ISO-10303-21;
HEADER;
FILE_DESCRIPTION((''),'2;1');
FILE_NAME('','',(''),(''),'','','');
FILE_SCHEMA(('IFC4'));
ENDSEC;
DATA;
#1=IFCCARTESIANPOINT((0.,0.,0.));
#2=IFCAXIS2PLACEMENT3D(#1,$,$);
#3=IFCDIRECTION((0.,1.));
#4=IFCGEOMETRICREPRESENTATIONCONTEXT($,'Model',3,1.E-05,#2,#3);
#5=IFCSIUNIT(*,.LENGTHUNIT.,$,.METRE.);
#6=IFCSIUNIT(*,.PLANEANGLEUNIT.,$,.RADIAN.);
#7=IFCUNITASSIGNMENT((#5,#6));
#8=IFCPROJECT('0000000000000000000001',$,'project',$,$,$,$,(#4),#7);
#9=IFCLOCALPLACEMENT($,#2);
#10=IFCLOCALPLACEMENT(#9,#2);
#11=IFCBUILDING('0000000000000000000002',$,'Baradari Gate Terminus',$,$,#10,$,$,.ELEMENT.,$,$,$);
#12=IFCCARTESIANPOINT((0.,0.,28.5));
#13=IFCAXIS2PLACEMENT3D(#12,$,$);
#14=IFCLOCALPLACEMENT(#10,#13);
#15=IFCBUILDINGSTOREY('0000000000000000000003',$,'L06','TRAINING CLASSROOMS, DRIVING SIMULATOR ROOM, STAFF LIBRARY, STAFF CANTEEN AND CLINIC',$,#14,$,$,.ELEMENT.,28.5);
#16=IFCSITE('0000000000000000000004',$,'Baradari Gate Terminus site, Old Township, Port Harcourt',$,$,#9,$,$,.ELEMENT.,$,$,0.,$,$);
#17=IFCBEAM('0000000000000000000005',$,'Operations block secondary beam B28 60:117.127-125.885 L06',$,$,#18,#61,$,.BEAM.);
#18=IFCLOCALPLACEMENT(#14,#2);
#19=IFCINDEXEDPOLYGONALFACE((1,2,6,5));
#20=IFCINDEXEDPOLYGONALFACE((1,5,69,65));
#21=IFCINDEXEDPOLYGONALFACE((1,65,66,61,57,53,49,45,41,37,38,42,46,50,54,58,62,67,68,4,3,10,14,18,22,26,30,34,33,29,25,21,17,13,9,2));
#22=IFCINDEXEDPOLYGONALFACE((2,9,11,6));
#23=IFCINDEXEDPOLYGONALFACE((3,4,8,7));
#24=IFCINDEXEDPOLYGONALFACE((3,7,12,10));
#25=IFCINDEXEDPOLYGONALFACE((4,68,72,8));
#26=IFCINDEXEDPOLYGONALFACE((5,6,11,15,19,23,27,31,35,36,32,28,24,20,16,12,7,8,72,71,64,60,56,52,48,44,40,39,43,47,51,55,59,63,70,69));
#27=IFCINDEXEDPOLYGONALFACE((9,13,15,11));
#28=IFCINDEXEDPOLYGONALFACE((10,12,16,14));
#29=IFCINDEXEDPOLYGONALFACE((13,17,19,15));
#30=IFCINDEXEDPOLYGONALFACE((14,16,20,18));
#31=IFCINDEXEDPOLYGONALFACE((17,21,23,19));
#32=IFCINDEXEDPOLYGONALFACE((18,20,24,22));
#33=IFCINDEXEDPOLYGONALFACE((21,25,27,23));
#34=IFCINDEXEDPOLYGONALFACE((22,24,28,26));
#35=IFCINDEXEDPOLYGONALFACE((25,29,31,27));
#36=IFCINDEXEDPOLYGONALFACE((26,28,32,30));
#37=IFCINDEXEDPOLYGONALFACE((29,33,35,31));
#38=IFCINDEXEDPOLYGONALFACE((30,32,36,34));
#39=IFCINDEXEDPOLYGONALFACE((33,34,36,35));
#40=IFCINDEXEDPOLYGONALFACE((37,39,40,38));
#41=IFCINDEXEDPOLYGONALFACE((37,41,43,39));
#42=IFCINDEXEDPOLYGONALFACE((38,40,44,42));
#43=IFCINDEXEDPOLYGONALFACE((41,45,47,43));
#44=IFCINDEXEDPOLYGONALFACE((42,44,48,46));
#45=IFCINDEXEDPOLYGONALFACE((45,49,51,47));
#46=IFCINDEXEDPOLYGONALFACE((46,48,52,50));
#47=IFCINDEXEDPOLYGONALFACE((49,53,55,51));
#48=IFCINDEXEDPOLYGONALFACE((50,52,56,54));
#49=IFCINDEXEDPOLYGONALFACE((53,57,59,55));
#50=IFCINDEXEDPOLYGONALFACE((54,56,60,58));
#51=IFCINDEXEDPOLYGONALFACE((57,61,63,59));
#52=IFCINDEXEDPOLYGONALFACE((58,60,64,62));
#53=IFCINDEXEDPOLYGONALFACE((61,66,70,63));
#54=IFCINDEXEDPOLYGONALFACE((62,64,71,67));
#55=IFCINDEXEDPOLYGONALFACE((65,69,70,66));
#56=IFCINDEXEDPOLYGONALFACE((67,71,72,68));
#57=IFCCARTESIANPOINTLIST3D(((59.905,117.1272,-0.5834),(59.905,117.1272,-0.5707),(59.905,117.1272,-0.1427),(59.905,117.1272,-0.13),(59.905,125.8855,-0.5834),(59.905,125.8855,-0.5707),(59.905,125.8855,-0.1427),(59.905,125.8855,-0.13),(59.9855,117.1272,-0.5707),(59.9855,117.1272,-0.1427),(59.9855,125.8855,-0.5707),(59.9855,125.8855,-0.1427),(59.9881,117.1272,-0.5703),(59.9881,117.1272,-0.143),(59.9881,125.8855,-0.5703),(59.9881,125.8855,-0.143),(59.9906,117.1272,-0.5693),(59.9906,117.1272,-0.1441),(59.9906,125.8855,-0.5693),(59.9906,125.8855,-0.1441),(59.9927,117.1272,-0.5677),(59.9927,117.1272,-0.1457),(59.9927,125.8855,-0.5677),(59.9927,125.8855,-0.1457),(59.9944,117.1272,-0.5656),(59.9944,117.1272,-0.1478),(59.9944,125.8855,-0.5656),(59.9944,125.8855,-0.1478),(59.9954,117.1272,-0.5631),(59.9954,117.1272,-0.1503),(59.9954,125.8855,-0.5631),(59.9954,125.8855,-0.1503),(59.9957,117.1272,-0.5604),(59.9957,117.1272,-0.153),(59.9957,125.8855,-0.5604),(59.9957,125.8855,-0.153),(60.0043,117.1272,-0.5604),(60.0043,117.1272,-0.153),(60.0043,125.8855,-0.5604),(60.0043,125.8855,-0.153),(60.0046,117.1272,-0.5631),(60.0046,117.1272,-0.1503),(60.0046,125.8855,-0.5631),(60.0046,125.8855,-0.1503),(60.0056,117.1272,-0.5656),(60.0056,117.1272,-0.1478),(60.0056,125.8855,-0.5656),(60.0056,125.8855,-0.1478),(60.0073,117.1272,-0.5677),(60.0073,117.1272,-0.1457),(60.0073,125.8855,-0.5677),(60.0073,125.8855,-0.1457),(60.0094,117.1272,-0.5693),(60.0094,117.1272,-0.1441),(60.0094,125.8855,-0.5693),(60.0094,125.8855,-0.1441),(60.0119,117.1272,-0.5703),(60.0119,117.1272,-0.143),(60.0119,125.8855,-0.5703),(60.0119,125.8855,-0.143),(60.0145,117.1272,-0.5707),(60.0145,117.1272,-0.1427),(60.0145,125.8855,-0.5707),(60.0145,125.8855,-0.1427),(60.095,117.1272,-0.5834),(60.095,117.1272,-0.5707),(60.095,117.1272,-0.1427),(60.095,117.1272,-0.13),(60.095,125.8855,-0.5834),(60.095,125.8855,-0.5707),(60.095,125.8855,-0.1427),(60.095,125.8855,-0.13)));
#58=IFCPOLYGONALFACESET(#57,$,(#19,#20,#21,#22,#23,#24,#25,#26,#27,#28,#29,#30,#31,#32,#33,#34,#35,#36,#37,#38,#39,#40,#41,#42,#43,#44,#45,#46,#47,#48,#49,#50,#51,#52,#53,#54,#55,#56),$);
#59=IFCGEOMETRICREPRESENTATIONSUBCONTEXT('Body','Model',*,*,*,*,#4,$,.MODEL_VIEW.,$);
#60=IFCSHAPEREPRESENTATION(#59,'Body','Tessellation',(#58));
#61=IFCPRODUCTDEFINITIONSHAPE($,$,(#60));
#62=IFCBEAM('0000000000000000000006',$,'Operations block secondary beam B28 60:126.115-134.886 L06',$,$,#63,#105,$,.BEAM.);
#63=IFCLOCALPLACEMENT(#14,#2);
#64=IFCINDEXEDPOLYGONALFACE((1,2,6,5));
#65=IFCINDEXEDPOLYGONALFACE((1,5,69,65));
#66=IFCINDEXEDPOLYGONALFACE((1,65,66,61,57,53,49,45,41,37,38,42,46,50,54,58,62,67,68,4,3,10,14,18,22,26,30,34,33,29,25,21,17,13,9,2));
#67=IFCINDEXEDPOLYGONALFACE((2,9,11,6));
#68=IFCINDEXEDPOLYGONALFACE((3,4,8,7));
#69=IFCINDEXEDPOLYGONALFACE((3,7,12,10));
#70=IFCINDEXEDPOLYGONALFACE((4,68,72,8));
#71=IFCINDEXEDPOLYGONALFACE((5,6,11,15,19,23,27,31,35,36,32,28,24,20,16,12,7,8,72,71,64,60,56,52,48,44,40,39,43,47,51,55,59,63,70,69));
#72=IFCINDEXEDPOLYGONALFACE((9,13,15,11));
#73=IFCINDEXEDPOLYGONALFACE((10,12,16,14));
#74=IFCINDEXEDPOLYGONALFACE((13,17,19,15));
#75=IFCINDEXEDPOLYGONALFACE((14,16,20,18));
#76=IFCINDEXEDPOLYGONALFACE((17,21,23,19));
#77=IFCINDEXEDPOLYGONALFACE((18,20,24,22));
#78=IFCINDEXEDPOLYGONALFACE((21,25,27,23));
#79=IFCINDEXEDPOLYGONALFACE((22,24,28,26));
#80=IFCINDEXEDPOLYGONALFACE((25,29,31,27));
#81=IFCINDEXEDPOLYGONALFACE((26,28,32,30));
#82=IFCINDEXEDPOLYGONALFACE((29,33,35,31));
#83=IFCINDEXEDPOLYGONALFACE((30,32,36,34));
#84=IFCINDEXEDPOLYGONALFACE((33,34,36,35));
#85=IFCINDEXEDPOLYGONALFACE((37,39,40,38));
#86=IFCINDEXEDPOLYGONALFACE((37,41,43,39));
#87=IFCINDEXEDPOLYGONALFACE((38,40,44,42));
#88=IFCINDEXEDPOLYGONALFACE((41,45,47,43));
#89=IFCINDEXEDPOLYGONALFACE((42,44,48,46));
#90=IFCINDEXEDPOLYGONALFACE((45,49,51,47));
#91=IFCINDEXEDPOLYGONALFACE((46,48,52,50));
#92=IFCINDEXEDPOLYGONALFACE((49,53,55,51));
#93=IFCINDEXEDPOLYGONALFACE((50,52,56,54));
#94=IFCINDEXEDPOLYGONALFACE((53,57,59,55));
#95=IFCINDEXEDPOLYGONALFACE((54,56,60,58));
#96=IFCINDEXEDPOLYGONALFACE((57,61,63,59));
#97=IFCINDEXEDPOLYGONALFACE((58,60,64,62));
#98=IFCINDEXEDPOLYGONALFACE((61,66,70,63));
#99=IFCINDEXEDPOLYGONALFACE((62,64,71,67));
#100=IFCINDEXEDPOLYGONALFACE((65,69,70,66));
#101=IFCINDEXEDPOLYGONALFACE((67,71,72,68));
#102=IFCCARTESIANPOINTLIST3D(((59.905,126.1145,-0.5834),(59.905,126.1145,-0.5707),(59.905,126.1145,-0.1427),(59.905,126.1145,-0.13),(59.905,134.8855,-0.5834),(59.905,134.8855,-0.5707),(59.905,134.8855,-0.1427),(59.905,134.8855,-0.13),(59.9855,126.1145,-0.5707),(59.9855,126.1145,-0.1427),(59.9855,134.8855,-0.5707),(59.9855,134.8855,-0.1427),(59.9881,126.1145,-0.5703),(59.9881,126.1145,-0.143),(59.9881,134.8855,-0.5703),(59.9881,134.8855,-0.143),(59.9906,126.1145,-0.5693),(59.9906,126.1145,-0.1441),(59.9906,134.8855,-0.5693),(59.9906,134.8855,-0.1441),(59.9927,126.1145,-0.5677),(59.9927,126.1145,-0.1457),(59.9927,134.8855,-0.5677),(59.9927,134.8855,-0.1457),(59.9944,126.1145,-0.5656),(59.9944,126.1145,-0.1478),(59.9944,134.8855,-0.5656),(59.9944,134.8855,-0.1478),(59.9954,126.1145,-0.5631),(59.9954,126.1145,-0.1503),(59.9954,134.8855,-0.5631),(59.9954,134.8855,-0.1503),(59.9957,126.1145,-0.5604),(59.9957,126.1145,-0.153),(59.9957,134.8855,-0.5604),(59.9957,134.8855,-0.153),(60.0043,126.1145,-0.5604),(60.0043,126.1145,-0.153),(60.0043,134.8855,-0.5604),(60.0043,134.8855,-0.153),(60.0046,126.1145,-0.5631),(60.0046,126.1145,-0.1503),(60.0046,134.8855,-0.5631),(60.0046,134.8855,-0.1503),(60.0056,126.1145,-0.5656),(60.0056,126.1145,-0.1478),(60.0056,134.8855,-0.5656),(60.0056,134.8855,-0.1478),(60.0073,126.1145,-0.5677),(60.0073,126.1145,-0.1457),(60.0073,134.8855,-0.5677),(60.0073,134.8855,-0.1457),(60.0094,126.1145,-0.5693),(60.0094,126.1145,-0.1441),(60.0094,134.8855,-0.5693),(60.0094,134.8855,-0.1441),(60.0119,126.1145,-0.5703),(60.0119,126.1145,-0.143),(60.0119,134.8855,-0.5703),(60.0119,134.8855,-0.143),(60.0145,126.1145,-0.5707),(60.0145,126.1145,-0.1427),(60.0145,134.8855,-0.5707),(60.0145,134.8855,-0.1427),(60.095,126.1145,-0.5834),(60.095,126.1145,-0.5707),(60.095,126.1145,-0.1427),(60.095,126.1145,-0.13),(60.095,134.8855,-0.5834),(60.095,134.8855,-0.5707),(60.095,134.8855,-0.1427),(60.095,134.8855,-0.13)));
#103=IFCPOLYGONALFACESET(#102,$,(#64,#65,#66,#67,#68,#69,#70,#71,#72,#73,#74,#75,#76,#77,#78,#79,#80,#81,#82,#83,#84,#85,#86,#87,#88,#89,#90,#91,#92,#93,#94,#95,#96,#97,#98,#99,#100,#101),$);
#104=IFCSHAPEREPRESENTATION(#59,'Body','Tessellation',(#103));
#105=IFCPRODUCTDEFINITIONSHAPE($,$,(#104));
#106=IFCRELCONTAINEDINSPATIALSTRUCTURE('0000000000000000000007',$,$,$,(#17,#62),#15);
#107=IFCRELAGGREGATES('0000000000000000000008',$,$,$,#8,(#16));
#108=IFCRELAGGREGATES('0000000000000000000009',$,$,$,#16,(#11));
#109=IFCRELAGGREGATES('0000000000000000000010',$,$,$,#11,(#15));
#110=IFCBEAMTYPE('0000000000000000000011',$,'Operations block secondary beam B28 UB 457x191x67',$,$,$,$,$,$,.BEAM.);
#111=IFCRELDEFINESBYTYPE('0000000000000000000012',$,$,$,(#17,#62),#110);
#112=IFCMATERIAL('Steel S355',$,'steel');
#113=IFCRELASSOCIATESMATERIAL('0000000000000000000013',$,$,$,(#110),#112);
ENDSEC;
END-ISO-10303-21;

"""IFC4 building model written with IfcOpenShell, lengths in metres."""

from ifc_helpers import new_model, si_unit, direction, frame, origin, origin_2d, place, context, subcontext, project, spatial, i_section, extrude, material, material_profile, profile_set, type_object, element, save


model = new_model("IFC4")

# Units and contexts
model_context = context("Model", 3, precision=1e-05, world=origin(), true_north=direction((0.0, 1.0)))
body_context = subcontext(model_context, "Body", "Model", "MODEL_VIEW")
ifc_project = project(units=[si_unit("LENGTHUNIT", "METRE"), si_unit("PLANEANGLEUNIT", "RADIAN")], contexts=[model_context])

# Site, building, storey
site_placement = place(None, origin())
site = spatial("IfcSite", under=ifc_project, at=site_placement, Name="Baradari Gate Terminus site, Old Township, Port Harcourt", CompositionType="ELEMENT", RefElevation=0.0)
building_placement = place(site_placement, origin())
building = spatial("IfcBuilding", under=site, at=building_placement, Name="Baradari Gate Terminus", CompositionType="ELEMENT")
storey_placement = place(building_placement, frame((0.0, 0.0, 28.5)))
storey = spatial("IfcBuildingStorey", under=building, at=storey_placement, Name="L06", Description="TRAINING CLASSROOMS, DRIVING SIMULATOR ROOM, STAFF LIBRARY, STAFF CANTEEN AND CLINIC", CompositionType="ELEMENT", Elevation=28.5)

# Beams
ifc_material_1 = material(Name="Steel S355", Category="steel")
ifc_material_profile_1 = material_profile(ifc_material_1, i_section(OverallWidth=0.1899, OverallDepth=0.4534, WebThickness=0.0085, FlangeThickness=0.0127, FilletRadius=0.0103, at=origin_2d()), Name="UB 457x191x67")
ifc_profile_set_1 = profile_set([ifc_material_profile_1], Name="Steel S355")
beam_type_1 = type_object("IfcBeamType", Name="Operations block secondary beam B28 UB 457x191x67", PredefinedType="BEAM", material=ifc_profile_set_1)
beam_1_placement = place(storey_placement, frame((60.0, 117.1272, -0.3567), z_axis=(0.0, 1.0, 0.0), x_axis=(-1.0, 0.0, 0.0)))
element("IfcBeam", 1, at=beam_1_placement, inside=storey, type_object=beam_type_1, Name="Operations block secondary beam B28 60:117.127-125.885 L06", PredefinedType="BEAM", context=body_context, shape_type="SweptSolid", body=[
    extrude(i_section(OverallWidth=0.1899, OverallDepth=0.4534, WebThickness=0.0085, FlangeThickness=0.0127, FilletRadius=0.0103, at=origin_2d()), origin(), (0.0, 0.0, 1.0), 8.7583),
])
beam_2_placement = place(storey_placement, frame((60.0, 126.1145, -0.3567), z_axis=(0.0, 1.0, 0.0), x_axis=(-1.0, 0.0, 0.0)))
element("IfcBeam", 2, at=beam_2_placement, inside=storey, type_object=beam_type_1, Name="Operations block secondary beam B28 60:126.115-134.886 L06", PredefinedType="BEAM", context=body_context, shape_type="SweptSolid", body=[
    extrude(i_section(OverallWidth=0.1899, OverallDepth=0.4534, WebThickness=0.0085, FlangeThickness=0.0127, FilletRadius=0.0103, at=origin_2d()), origin(), (0.0, 0.0, 1.0), 8.771),
])

save(model, "model.ifc")
